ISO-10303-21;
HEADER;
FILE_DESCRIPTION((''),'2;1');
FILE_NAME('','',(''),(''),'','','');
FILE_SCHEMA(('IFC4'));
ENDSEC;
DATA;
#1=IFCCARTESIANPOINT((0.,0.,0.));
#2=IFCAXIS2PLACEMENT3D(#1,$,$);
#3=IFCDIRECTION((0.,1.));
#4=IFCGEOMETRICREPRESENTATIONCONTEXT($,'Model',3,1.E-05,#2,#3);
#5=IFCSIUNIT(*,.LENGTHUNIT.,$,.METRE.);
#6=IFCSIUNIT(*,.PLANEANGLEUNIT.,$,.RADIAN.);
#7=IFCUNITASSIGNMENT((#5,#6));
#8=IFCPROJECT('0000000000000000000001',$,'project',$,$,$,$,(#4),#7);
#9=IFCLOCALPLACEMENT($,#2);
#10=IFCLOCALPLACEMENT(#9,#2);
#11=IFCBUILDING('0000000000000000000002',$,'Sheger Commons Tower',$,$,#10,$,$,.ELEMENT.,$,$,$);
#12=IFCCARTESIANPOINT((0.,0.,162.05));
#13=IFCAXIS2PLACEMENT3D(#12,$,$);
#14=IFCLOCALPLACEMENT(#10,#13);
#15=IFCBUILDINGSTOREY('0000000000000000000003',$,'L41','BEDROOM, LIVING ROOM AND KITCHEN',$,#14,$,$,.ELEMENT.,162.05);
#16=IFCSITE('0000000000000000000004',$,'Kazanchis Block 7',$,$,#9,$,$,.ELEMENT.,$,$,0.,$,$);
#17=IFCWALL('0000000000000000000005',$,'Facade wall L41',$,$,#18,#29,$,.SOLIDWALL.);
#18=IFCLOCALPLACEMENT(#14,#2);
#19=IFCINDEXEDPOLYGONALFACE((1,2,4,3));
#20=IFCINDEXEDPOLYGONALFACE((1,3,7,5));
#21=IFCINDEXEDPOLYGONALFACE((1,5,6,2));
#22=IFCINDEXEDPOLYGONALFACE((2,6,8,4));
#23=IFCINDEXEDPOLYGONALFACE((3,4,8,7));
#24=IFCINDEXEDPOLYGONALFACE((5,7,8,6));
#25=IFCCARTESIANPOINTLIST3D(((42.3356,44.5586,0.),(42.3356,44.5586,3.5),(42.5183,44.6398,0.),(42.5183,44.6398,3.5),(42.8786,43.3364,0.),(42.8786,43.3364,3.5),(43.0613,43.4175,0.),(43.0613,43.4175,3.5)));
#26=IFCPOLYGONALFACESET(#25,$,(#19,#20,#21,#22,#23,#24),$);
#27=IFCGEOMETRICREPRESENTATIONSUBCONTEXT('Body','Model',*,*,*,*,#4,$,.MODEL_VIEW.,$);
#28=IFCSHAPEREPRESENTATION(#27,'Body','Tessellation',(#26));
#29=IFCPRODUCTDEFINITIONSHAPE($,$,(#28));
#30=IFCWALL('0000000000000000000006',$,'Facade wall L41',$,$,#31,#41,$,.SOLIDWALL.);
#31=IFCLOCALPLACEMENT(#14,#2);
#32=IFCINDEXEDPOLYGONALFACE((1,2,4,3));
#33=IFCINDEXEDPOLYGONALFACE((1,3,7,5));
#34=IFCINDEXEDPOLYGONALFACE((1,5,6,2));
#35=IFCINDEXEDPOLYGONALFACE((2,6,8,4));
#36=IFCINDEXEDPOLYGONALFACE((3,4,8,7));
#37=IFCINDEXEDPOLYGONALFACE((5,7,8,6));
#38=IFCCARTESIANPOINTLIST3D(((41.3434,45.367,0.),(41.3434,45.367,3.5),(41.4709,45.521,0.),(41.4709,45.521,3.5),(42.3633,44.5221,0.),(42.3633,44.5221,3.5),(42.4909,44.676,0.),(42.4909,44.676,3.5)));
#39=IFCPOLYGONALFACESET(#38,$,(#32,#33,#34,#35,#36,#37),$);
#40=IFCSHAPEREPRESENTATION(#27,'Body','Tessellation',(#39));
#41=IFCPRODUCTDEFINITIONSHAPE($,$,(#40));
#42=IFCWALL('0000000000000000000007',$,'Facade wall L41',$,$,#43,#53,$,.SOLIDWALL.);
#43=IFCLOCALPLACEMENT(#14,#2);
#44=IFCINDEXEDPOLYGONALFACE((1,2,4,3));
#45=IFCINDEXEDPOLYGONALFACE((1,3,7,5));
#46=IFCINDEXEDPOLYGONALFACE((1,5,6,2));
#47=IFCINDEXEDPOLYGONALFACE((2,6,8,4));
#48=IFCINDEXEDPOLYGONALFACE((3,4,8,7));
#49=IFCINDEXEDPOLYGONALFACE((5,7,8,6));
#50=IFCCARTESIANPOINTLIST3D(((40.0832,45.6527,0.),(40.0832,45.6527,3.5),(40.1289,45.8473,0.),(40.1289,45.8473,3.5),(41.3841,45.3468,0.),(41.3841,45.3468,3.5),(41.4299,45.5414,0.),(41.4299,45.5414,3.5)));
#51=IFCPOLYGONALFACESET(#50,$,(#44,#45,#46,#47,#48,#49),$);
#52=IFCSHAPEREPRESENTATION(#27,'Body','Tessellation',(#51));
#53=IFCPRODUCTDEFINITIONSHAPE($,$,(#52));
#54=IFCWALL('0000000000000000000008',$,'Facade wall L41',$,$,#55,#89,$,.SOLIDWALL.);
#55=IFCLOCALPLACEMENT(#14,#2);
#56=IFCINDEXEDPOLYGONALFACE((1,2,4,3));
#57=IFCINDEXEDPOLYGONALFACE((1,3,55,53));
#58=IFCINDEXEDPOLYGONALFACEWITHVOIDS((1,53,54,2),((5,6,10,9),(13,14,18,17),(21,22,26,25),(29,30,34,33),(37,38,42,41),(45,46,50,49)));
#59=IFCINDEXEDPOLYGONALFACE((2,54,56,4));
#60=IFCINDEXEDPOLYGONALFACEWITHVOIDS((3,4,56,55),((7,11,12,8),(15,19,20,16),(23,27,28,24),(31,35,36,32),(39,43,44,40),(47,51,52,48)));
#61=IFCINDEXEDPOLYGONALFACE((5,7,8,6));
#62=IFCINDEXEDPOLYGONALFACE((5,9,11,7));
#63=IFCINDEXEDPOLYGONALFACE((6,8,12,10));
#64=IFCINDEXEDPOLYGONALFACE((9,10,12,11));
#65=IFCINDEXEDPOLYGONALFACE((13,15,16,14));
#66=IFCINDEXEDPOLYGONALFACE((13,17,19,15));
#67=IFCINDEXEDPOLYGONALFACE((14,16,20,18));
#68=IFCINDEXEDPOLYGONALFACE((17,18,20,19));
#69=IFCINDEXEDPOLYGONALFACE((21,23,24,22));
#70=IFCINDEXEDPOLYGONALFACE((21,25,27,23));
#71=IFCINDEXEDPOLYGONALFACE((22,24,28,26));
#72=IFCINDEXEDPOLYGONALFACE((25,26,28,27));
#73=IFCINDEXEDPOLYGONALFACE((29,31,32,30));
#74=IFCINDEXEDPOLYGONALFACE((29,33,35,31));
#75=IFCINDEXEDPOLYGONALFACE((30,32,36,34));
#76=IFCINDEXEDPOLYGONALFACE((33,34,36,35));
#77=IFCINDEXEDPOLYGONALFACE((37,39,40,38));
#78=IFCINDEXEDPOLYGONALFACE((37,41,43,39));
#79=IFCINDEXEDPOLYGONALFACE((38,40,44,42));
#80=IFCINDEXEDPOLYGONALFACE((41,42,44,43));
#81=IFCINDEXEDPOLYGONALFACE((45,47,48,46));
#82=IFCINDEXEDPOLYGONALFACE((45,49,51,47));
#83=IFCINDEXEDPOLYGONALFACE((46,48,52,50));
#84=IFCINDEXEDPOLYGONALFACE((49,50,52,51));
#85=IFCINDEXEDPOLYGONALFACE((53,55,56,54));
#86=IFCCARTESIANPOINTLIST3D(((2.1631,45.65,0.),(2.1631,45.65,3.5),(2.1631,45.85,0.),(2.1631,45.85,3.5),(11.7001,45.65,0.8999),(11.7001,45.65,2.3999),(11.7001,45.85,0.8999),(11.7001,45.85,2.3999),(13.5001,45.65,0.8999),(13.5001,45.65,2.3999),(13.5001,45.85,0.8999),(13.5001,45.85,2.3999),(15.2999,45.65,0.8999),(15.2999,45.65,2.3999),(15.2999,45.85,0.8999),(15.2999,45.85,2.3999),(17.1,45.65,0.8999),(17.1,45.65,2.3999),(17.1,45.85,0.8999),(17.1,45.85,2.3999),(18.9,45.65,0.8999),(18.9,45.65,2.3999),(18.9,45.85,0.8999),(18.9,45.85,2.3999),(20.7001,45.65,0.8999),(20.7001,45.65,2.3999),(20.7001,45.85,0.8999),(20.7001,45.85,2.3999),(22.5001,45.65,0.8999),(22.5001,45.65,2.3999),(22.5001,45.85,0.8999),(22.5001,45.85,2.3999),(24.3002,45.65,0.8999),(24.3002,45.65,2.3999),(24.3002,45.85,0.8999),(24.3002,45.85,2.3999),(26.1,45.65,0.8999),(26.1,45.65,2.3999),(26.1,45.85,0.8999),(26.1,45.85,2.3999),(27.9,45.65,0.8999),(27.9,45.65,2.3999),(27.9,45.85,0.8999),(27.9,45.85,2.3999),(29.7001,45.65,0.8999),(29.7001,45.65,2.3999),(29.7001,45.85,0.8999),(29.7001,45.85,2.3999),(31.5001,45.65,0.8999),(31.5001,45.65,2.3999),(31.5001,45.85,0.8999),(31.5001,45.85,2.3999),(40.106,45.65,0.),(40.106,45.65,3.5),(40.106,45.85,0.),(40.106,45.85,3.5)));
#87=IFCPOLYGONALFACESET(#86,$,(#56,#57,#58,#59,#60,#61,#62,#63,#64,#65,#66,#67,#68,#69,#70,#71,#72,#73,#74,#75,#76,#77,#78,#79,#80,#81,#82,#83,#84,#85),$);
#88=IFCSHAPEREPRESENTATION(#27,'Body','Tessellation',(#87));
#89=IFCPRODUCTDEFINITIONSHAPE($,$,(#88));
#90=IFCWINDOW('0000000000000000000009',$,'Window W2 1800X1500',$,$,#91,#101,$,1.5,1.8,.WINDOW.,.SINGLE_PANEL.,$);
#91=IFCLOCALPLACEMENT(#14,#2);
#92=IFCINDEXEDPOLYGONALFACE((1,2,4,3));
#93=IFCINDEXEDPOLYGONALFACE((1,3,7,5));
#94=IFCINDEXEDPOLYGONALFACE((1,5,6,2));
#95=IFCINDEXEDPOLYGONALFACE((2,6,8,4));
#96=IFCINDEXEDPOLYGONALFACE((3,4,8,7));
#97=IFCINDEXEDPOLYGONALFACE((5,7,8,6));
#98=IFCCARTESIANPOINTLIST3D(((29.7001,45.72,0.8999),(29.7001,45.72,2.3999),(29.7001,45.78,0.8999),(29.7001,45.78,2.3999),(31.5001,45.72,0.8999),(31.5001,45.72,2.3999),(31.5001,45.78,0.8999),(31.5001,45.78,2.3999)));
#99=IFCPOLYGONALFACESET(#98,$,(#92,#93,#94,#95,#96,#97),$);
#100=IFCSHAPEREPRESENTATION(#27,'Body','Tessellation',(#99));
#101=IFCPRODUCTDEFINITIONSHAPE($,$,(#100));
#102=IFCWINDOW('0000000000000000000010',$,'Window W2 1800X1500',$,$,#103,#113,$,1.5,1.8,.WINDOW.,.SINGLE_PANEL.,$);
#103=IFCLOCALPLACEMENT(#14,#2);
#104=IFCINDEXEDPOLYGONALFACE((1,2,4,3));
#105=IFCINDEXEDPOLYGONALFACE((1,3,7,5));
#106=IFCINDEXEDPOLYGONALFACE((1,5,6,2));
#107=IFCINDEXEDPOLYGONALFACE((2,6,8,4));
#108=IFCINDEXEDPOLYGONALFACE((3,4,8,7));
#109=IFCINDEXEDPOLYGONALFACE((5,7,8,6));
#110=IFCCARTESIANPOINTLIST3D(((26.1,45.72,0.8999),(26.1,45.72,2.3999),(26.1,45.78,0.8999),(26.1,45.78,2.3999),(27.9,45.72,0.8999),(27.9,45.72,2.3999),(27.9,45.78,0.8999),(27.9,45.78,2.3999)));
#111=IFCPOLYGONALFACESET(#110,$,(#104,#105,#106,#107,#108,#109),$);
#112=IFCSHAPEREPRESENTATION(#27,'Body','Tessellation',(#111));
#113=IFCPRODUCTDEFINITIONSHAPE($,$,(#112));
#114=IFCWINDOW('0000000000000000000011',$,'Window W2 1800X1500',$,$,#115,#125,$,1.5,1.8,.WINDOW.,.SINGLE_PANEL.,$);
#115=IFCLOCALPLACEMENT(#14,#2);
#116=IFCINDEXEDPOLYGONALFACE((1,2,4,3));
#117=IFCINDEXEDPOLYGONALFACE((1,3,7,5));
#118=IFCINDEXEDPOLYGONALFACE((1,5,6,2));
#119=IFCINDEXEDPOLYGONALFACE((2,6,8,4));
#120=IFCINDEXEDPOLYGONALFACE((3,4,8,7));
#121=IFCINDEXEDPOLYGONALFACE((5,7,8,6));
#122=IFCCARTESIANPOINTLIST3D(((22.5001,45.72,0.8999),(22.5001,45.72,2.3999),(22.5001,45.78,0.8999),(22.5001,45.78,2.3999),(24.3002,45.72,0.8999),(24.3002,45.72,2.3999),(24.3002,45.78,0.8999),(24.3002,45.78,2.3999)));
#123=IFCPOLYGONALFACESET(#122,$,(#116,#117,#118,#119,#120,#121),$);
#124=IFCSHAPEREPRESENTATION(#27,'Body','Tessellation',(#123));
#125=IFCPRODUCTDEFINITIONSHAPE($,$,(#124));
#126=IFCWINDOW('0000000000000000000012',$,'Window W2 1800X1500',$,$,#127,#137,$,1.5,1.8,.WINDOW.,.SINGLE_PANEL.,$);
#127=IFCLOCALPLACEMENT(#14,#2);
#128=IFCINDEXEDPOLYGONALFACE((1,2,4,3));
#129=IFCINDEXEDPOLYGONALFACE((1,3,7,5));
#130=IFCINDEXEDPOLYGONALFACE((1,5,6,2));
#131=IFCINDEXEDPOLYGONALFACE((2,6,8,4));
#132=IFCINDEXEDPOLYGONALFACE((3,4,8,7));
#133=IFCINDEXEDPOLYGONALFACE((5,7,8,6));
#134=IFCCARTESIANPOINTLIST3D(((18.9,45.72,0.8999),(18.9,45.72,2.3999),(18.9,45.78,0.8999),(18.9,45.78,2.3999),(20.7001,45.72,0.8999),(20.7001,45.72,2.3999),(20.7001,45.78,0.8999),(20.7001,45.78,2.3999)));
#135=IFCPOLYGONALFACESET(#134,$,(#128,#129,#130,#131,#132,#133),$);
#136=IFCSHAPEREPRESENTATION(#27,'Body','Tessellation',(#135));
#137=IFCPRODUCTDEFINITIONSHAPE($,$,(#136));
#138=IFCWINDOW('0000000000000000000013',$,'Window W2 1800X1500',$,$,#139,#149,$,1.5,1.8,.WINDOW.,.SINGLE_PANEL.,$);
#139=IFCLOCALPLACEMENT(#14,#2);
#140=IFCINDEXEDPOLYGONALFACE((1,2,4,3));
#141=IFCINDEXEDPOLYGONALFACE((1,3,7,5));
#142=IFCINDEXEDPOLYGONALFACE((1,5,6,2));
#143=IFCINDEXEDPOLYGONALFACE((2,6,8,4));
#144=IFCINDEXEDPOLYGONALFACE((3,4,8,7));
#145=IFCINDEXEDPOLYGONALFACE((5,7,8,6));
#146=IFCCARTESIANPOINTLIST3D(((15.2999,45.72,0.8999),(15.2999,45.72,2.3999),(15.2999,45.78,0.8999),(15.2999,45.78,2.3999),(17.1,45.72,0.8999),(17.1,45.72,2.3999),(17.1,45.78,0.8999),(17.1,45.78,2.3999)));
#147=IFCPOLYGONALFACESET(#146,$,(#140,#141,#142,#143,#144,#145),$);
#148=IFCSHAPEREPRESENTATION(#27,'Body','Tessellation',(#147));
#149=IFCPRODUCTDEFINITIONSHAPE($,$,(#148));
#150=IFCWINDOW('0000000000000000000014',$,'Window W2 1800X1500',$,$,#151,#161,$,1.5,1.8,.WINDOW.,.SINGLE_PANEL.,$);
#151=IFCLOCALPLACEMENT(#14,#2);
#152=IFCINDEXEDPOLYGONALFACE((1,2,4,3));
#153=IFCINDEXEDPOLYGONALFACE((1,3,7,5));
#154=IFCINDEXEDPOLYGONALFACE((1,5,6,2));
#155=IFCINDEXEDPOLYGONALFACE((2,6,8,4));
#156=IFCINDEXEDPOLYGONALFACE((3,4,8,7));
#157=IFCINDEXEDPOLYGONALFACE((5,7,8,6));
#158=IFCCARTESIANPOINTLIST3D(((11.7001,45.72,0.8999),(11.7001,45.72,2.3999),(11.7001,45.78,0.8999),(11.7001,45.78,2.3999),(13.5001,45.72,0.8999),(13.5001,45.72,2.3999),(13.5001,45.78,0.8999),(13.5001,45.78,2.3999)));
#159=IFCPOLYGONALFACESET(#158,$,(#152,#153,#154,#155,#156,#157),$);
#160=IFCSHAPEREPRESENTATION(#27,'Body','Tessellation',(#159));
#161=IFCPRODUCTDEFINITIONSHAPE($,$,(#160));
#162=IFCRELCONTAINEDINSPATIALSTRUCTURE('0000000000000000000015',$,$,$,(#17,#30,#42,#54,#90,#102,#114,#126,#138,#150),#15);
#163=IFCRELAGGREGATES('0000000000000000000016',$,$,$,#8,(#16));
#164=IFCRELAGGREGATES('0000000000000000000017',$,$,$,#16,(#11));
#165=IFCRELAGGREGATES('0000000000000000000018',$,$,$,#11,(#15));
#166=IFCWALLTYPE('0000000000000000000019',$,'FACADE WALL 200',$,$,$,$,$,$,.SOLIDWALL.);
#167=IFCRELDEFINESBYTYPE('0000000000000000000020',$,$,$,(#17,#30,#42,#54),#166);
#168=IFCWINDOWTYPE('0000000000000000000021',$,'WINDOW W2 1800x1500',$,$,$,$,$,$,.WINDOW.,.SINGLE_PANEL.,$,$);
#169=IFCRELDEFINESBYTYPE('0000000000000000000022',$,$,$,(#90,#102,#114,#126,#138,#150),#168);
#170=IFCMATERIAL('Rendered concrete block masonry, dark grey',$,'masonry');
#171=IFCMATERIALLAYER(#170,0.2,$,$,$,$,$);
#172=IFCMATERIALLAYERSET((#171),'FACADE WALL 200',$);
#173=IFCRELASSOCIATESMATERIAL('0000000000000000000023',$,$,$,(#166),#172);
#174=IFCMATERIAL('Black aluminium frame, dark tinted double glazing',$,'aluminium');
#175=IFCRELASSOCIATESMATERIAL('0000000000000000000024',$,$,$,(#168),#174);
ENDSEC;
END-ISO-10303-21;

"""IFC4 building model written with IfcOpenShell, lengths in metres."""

from ifc_helpers import new_model, si_unit, direction, frame, frame_2d, origin, place, context, subcontext, project, spatial, rectangle, extrude, material, layer, layer_set, type_object, element, fill, save


model = new_model("IFC4")

# Units and contexts
model_context = context("Model", 3, precision=1e-05, world=origin(), true_north=direction((0.0, 1.0)))
body_context = subcontext(model_context, "Body", "Model", "MODEL_VIEW")
ifc_project = project(units=[si_unit("LENGTHUNIT", "METRE"), si_unit("PLANEANGLEUNIT", "RADIAN")], contexts=[model_context])

# Site, building, storey
site_placement = place(None, origin())
site = spatial("IfcSite", under=ifc_project, at=site_placement, Name="Kazanchis Block 7", CompositionType="ELEMENT", RefElevation=0.0)
building_placement = place(site_placement, origin())
building = spatial("IfcBuilding", under=site, at=building_placement, Name="Sheger Commons Tower", CompositionType="ELEMENT")
storey_placement = place(building_placement, frame((0.0, 0.0, 162.05)))
storey = spatial("IfcBuildingStorey", under=building, at=storey_placement, Name="L41", Description="BEDROOM, LIVING ROOM AND KITCHEN", CompositionType="ELEMENT", Elevation=162.05)

# Walls
ifc_material_1 = material(Name="Rendered concrete block masonry, dark grey", Category="masonry")
ifc_layer_1 = layer(ifc_material_1, 0.2)
ifc_layer_set_1 = layer_set([ifc_layer_1], Name="FACADE WALL 200")
wall_type_1 = type_object("IfcWallType", Name="FACADE WALL 200", PredefinedType="SOLIDWALL", material=ifc_layer_set_1)
wall_1_placement = place(storey_placement, frame((42.97, 43.377, 0.0), z_axis=(0.0, 0.0, 1.0), x_axis=(-0.406003, 0.913872, 0.0)))
element("IfcWall", 1, at=wall_1_placement, inside=storey, type_object=wall_type_1, Name="Facade wall L41", PredefinedType="SOLIDWALL", context=body_context, shape_type="SweptSolid", body=[
    extrude(rectangle(XDim=1.3374, YDim=0.2, at=frame_2d((0.6687, 0.0))), origin(), (0.0, 0.0, 1.0), 3.5),
])
wall_2_placement = place(storey_placement, frame((42.427, 44.5991, 0.0), z_axis=(0.0, 0.0, 1.0), x_axis=(-0.770091, 0.637934, 0.0)))
element("IfcWall", 2, at=wall_2_placement, inside=storey, type_object=wall_type_1, Name="Facade wall L41", PredefinedType="SOLIDWALL", context=body_context, shape_type="SweptSolid", body=[
    extrude(rectangle(XDim=1.3245, YDim=0.2, at=frame_2d((0.6621, 0.0))), origin(), (0.0, 0.0, 1.0), 3.5),
])
wall_3_placement = place(storey_placement, frame((41.407, 45.4441, 0.0), z_axis=(0.0, 0.0, 1.0), x_axis=(-0.973453, 0.228887, 0.0)))
element("IfcWall", 3, at=wall_3_placement, inside=storey, type_object=wall_type_1, Name="Facade wall L41", PredefinedType="SOLIDWALL", context=body_context, shape_type="SweptSolid", body=[
    extrude(rectangle(XDim=1.3364, YDim=0.2, at=frame_2d((0.6682, 0.0))), origin(), (0.0, 0.0, 1.0), 3.5),
])

# Wall, openings, windows
wall_4_placement = place(storey_placement, frame((40.106, 45.75, 0.0), z_axis=(0.0, 0.0, 1.0), x_axis=(-1.0, 0.0, 0.0)))
wall_4 = element("IfcWall", 4, at=wall_4_placement, inside=storey, type_object=wall_type_1, Name="Facade wall L41", PredefinedType="SOLIDWALL", context=body_context, shape_type="SweptSolid", body=[
    extrude(rectangle(XDim=37.9429, YDim=0.2, at=frame_2d((18.9714, 0.0))), origin(), (0.0, 0.0, 1.0), 3.5),
])
opening_1_placement = place(wall_4_placement, frame((8.606, 0.0, 0.8999)))
opening_1 = element("IfcOpeningElement", 5, at=opening_1_placement, cuts=wall_4, PredefinedType="OPENING", context=body_context, shape_type="SweptSolid", body=[
    extrude(rectangle(XDim=1.8, YDim=1.5, at=frame_2d((0.8999, 0.75))), frame((0.0, 0.1099, 0.0), z_axis=(0.0, -1.0, 0.0), x_axis=(1.0, 0.0, 0.0)), (0.0, 0.0, 1.0), 0.22),
])
opening_2_placement = place(wall_4_placement, frame((12.2061, 0.0, 0.8999)))
opening_2 = element("IfcOpeningElement", 6, at=opening_2_placement, cuts=wall_4, PredefinedType="OPENING", context=body_context, shape_type="SweptSolid", body=[
    extrude(rectangle(XDim=1.8, YDim=1.5, at=frame_2d((0.8999, 0.75))), frame((0.0, 0.1099, 0.0), z_axis=(0.0, -1.0, 0.0), x_axis=(1.0, 0.0, 0.0)), (0.0, 0.0, 1.0), 0.22),
])
opening_3_placement = place(wall_4_placement, frame((15.8059, 0.0, 0.8999)))
opening_3 = element("IfcOpeningElement", 7, at=opening_3_placement, cuts=wall_4, PredefinedType="OPENING", context=body_context, shape_type="SweptSolid", body=[
    extrude(rectangle(XDim=1.8, YDim=1.5, at=frame_2d((0.8999, 0.75))), frame((0.0, 0.1099, 0.0), z_axis=(0.0, -1.0, 0.0), x_axis=(1.0, 0.0, 0.0)), (0.0, 0.0, 1.0), 0.22),
])
opening_4_placement = place(wall_4_placement, frame((19.406, 0.0, 0.8999)))
opening_4 = element("IfcOpeningElement", 8, at=opening_4_placement, cuts=wall_4, PredefinedType="OPENING", context=body_context, shape_type="SweptSolid", body=[
    extrude(rectangle(XDim=1.8, YDim=1.5, at=frame_2d((0.8999, 0.75))), frame((0.0, 0.1099, 0.0), z_axis=(0.0, -1.0, 0.0), x_axis=(1.0, 0.0, 0.0)), (0.0, 0.0, 1.0), 0.22),
])
opening_5_placement = place(wall_4_placement, frame((23.0061, 0.0, 0.8999)))
opening_5 = element("IfcOpeningElement", 9, at=opening_5_placement, cuts=wall_4, PredefinedType="OPENING", context=body_context, shape_type="SweptSolid", body=[
    extrude(rectangle(XDim=1.8, YDim=1.5, at=frame_2d((0.8999, 0.75))), frame((0.0, 0.1099, 0.0), z_axis=(0.0, -1.0, 0.0), x_axis=(1.0, 0.0, 0.0)), (0.0, 0.0, 1.0), 0.22),
])
opening_6_placement = place(wall_4_placement, frame((26.606, 0.0, 0.8999)))
opening_6 = element("IfcOpeningElement", 10, at=opening_6_placement, cuts=wall_4, PredefinedType="OPENING", context=body_context, shape_type="SweptSolid", body=[
    extrude(rectangle(XDim=1.8, YDim=1.5, at=frame_2d((0.8999, 0.75))), frame((0.0, 0.1099, 0.0), z_axis=(0.0, -1.0, 0.0), x_axis=(1.0, 0.0, 0.0)), (0.0, 0.0, 1.0), 0.22),
])
ifc_material_2 = material(Name="Black aluminium frame, dark tinted double glazing", Category="aluminium")
window_type = type_object("IfcWindowType", Name="WINDOW W2 1800x1500", PartitioningType="SINGLE_PANEL", PredefinedType="WINDOW", material=ifc_material_2)
window_1_placement = place(opening_1_placement, origin())
window_1 = element("IfcWindow", 11, at=window_1_placement, inside=storey, type_object=window_type, Name="Window W2 1800X1500", OverallHeight=1.5, OverallWidth=1.8, PartitioningType="SINGLE_PANEL", PredefinedType="WINDOW", context=body_context, shape_type="SweptSolid", body=[
    extrude(rectangle(XDim=1.8, YDim=1.5, at=frame_2d((0.8999, 0.75))), frame((0.0, 0.03, 0.0), z_axis=(0.0, -1.0, 0.0), x_axis=(1.0, 0.0, 0.0)), (0.0, 0.0, 1.0), 0.0601),
])
fill(opening_1, window_1)
window_2_placement = place(opening_2_placement, origin())
window_2 = element("IfcWindow", 12, at=window_2_placement, inside=storey, type_object=window_type, Name="Window W2 1800X1500", OverallHeight=1.5, OverallWidth=1.8, PartitioningType="SINGLE_PANEL", PredefinedType="WINDOW", context=body_context, shape_type="SweptSolid", body=[
    extrude(rectangle(XDim=1.8, YDim=1.5, at=frame_2d((0.8999, 0.75))), frame((0.0, 0.03, 0.0), z_axis=(0.0, -1.0, 0.0), x_axis=(1.0, 0.0, 0.0)), (0.0, 0.0, 1.0), 0.0601),
])
fill(opening_2, window_2)
window_3_placement = place(opening_3_placement, origin())
window_3 = element("IfcWindow", 13, at=window_3_placement, inside=storey, type_object=window_type, Name="Window W2 1800X1500", OverallHeight=1.5, OverallWidth=1.8, PartitioningType="SINGLE_PANEL", PredefinedType="WINDOW", context=body_context, shape_type="SweptSolid", body=[
    extrude(rectangle(XDim=1.8, YDim=1.5, at=frame_2d((0.8999, 0.75))), frame((0.0, 0.03, 0.0), z_axis=(0.0, -1.0, 0.0), x_axis=(1.0, 0.0, 0.0)), (0.0, 0.0, 1.0), 0.0601),
])
fill(opening_3, window_3)
window_4_placement = place(opening_4_placement, origin())
window_4 = element("IfcWindow", 14, at=window_4_placement, inside=storey, type_object=window_type, Name="Window W2 1800X1500", OverallHeight=1.5, OverallWidth=1.8, PartitioningType="SINGLE_PANEL", PredefinedType="WINDOW", context=body_context, shape_type="SweptSolid", body=[
    extrude(rectangle(XDim=1.8, YDim=1.5, at=frame_2d((0.8999, 0.75))), frame((0.0, 0.03, 0.0), z_axis=(0.0, -1.0, 0.0), x_axis=(1.0, 0.0, 0.0)), (0.0, 0.0, 1.0), 0.0601),
])
fill(opening_4, window_4)
window_5_placement = place(opening_5_placement, origin())
window_5 = element("IfcWindow", 15, at=window_5_placement, inside=storey, type_object=window_type, Name="Window W2 1800X1500", OverallHeight=1.5, OverallWidth=1.8, PartitioningType="SINGLE_PANEL", PredefinedType="WINDOW", context=body_context, shape_type="SweptSolid", body=[
    extrude(rectangle(XDim=1.8, YDim=1.5, at=frame_2d((0.8999, 0.75))), frame((0.0, 0.03, 0.0), z_axis=(0.0, -1.0, 0.0), x_axis=(1.0, 0.0, 0.0)), (0.0, 0.0, 1.0), 0.0601),
])
fill(opening_5, window_5)
window_6_placement = place(opening_6_placement, origin())
window_6 = element("IfcWindow", 16, at=window_6_placement, inside=storey, type_object=window_type, Name="Window W2 1800X1500", OverallHeight=1.5, OverallWidth=1.8, PartitioningType="SINGLE_PANEL", PredefinedType="WINDOW", context=body_context, shape_type="SweptSolid", body=[
    extrude(rectangle(XDim=1.8, YDim=1.5, at=frame_2d((0.8999, 0.75))), frame((0.0, 0.03, 0.0), z_axis=(0.0, -1.0, 0.0), x_axis=(1.0, 0.0, 0.0)), (0.0, 0.0, 1.0), 0.0601),
])
fill(opening_6, window_6)

save(model, "model.ifc")
